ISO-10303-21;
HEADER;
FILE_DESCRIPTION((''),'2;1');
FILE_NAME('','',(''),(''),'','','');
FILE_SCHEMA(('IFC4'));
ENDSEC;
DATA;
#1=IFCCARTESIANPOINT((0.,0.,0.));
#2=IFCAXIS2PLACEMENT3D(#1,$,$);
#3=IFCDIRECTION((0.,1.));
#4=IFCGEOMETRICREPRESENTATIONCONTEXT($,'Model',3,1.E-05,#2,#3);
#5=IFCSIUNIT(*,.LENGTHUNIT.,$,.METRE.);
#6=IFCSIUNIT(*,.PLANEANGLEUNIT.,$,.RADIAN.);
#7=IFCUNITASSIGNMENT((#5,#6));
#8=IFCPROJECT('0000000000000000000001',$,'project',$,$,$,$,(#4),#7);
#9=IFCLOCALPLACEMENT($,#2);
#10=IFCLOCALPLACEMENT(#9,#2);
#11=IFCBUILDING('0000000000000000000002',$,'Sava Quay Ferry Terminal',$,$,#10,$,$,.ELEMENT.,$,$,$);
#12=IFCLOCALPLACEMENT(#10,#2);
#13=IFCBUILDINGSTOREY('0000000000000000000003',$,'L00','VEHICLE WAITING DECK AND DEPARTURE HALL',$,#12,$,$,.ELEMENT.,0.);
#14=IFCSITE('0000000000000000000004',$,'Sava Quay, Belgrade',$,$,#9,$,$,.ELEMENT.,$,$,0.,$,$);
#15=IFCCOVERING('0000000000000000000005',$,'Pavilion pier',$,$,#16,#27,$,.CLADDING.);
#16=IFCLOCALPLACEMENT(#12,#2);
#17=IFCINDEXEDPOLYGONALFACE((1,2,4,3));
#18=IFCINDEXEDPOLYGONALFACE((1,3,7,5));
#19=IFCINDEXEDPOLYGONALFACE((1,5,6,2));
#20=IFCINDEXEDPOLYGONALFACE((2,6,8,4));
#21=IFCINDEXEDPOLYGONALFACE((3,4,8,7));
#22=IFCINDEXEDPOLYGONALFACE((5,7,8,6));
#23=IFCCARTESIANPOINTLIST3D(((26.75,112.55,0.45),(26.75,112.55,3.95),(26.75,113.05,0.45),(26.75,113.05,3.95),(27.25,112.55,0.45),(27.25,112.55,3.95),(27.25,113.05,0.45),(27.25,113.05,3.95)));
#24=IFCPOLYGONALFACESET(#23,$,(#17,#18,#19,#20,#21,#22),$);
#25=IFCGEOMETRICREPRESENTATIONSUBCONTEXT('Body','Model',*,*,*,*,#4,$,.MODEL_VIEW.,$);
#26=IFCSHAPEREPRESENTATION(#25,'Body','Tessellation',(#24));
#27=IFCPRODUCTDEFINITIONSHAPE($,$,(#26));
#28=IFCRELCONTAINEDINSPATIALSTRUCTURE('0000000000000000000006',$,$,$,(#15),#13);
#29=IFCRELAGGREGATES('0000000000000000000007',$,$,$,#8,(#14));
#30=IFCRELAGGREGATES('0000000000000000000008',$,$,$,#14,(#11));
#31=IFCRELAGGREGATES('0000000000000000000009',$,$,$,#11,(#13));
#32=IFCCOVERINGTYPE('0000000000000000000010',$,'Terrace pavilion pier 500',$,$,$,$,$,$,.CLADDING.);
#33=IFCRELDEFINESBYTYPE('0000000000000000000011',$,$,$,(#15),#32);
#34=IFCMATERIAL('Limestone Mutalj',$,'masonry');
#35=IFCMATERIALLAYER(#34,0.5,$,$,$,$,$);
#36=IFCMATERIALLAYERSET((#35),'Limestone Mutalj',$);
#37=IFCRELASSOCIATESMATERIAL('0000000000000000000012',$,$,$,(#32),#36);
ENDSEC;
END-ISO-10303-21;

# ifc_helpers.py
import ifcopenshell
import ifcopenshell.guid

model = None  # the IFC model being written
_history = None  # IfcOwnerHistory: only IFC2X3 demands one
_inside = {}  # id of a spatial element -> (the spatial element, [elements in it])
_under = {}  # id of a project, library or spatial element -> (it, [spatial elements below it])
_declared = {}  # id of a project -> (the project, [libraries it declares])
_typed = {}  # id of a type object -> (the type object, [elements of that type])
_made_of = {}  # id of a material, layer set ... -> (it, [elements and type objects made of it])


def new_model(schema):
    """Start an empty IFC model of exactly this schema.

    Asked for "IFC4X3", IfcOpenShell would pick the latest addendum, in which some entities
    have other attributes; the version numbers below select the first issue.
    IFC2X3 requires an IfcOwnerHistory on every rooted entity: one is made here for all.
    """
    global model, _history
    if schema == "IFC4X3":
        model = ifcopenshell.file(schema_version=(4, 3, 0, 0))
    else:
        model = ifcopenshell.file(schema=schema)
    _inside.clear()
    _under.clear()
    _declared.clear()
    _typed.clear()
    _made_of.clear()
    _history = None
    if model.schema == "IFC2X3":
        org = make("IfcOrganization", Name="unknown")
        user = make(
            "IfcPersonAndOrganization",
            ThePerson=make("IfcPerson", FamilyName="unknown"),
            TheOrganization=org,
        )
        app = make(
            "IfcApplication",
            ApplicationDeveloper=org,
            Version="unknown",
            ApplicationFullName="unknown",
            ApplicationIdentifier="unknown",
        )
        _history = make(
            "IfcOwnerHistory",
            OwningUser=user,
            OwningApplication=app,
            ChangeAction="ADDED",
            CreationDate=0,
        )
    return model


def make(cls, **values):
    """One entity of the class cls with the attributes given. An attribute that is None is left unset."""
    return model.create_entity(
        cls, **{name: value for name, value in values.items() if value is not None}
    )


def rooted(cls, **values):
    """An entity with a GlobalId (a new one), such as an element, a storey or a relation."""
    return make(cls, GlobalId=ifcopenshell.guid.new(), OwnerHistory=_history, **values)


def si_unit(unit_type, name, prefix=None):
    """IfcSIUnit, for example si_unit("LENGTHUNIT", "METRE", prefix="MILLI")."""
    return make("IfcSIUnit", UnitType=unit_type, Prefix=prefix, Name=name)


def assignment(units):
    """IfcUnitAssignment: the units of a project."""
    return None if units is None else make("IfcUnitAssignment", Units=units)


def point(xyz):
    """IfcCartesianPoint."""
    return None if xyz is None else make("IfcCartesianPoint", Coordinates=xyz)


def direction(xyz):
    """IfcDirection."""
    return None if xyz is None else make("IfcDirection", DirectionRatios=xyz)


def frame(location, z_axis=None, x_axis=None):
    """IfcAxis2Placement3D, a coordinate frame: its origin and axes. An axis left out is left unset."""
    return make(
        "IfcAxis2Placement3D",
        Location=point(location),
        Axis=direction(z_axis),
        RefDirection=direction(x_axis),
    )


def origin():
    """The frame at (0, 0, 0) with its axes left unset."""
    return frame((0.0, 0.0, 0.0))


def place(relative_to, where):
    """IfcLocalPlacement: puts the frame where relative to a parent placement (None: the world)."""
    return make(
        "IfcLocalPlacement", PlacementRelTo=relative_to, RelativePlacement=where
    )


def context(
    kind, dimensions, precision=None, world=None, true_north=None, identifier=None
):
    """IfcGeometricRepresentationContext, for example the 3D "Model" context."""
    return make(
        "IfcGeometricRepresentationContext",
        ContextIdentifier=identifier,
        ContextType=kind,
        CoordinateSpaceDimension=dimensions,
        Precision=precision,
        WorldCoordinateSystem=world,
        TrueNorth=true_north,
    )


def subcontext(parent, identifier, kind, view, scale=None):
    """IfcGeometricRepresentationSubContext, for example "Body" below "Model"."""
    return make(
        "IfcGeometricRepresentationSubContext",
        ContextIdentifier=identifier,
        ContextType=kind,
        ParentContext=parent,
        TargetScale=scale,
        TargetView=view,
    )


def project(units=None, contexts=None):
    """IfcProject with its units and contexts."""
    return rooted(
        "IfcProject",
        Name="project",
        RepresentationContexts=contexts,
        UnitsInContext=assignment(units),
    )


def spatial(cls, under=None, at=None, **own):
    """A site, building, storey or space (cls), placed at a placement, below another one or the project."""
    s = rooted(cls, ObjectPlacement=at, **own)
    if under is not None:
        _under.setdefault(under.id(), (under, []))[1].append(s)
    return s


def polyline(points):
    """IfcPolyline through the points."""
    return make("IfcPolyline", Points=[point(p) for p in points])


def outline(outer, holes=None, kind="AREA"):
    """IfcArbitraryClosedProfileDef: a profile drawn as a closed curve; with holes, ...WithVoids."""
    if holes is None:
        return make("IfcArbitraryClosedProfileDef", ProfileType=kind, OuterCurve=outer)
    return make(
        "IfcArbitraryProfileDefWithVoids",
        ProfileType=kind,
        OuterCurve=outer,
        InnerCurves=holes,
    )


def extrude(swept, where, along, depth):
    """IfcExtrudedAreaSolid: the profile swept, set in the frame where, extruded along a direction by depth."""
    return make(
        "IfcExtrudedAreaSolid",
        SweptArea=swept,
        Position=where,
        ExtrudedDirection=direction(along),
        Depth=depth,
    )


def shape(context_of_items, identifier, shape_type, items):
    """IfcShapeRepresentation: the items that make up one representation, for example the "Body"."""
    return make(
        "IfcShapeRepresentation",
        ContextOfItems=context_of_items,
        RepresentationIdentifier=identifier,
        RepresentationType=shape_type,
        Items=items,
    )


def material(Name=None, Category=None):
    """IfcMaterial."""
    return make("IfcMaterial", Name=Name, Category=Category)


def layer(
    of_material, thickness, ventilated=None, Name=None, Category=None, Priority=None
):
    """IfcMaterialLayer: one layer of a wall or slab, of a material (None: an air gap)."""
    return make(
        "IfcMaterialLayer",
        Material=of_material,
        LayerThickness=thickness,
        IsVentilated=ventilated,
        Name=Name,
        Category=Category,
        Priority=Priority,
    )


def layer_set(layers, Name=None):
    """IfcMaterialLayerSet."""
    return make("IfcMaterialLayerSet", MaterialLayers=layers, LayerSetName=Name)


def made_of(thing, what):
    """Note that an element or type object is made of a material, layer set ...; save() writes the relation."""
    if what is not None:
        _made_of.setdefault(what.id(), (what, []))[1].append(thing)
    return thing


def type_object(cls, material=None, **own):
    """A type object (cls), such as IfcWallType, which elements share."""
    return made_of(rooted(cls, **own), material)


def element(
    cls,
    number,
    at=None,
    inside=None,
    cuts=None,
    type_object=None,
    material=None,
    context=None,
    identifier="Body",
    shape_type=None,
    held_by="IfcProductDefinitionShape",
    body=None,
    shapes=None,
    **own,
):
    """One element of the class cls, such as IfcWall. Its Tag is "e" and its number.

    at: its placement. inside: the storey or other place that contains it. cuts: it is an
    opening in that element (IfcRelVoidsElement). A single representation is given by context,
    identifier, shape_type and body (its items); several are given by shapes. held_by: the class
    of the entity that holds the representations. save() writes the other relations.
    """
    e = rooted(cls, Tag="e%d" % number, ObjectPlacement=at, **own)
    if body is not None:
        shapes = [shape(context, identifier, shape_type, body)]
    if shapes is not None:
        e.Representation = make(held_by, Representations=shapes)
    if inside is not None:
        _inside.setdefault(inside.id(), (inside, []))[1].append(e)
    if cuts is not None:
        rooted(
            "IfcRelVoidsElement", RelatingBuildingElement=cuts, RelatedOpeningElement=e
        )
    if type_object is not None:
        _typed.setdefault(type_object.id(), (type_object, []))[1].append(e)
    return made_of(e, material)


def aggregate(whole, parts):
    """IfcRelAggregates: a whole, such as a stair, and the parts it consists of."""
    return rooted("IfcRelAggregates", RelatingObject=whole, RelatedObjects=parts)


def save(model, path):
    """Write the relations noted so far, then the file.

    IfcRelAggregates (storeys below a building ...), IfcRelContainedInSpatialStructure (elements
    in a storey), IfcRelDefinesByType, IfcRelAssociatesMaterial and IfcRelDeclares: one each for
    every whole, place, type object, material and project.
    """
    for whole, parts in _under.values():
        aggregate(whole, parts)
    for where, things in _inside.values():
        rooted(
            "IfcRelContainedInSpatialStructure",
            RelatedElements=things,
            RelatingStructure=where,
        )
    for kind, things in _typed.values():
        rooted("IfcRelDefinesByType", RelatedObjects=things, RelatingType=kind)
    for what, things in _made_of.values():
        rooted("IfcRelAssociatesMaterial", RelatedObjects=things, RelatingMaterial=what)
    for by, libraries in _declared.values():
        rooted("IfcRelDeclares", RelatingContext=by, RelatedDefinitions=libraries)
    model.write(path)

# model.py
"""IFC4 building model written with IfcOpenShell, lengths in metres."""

from ifc_helpers import new_model, si_unit, direction, frame, origin, place, context, subcontext, project, spatial, polyline, outline, extrude, material, layer, layer_set, type_object, element, save


model = new_model("IFC4")

# Units and contexts
model_context = context("Model", 3, precision=1e-05, world=origin(), true_north=direction((0.0, 1.0)))
body_context = subcontext(model_context, "Body", "Model", "MODEL_VIEW")
ifc_project = project(units=[si_unit("LENGTHUNIT", "METRE"), si_unit("PLANEANGLEUNIT", "RADIAN")], contexts=[model_context])

# Site, building, storey
site_placement = place(None, origin())
site = spatial("IfcSite", under=ifc_project, at=site_placement, Name="Sava Quay, Belgrade", CompositionType="ELEMENT", RefElevation=0.0)
building_placement = place(site_placement, origin())
building = spatial("IfcBuilding", under=site, at=building_placement, Name="Sava Quay Ferry Terminal", CompositionType="ELEMENT")
storey_placement = place(building_placement, origin())
storey = spatial("IfcBuildingStorey", under=building, at=storey_placement, Name="L00", Description="VEHICLE WAITING DECK AND DEPARTURE HALL", CompositionType="ELEMENT", Elevation=0.0)

# Covering
ifc_material_1 = material(Name="Limestone Mutalj", Category="masonry")
ifc_layer_1 = layer(ifc_material_1, 0.5)
ifc_layer_set_1 = layer_set([ifc_layer_1], Name="Limestone Mutalj")
covering_type_1 = type_object("IfcCoveringType", Name="Terrace pavilion pier 500", PredefinedType="CLADDING", material=ifc_layer_set_1)
covering_1_placement = place(storey_placement, frame((0.0, 0.0, 0.45)))
element("IfcCovering", 1, at=covering_1_placement, inside=storey, type_object=covering_type_1, Name="Pavilion pier", PredefinedType="CLADDING", context=body_context, shape_type="SweptSolid", body=[
    extrude(outline(polyline([(27.25, 112.55), (27.25, 113.05), (26.75, 113.05), (26.75, 112.55), (27.25, 112.55)])), origin(), (0.0, 0.0, 1.0), 3.5),
])

save(model, "model.ifc")
